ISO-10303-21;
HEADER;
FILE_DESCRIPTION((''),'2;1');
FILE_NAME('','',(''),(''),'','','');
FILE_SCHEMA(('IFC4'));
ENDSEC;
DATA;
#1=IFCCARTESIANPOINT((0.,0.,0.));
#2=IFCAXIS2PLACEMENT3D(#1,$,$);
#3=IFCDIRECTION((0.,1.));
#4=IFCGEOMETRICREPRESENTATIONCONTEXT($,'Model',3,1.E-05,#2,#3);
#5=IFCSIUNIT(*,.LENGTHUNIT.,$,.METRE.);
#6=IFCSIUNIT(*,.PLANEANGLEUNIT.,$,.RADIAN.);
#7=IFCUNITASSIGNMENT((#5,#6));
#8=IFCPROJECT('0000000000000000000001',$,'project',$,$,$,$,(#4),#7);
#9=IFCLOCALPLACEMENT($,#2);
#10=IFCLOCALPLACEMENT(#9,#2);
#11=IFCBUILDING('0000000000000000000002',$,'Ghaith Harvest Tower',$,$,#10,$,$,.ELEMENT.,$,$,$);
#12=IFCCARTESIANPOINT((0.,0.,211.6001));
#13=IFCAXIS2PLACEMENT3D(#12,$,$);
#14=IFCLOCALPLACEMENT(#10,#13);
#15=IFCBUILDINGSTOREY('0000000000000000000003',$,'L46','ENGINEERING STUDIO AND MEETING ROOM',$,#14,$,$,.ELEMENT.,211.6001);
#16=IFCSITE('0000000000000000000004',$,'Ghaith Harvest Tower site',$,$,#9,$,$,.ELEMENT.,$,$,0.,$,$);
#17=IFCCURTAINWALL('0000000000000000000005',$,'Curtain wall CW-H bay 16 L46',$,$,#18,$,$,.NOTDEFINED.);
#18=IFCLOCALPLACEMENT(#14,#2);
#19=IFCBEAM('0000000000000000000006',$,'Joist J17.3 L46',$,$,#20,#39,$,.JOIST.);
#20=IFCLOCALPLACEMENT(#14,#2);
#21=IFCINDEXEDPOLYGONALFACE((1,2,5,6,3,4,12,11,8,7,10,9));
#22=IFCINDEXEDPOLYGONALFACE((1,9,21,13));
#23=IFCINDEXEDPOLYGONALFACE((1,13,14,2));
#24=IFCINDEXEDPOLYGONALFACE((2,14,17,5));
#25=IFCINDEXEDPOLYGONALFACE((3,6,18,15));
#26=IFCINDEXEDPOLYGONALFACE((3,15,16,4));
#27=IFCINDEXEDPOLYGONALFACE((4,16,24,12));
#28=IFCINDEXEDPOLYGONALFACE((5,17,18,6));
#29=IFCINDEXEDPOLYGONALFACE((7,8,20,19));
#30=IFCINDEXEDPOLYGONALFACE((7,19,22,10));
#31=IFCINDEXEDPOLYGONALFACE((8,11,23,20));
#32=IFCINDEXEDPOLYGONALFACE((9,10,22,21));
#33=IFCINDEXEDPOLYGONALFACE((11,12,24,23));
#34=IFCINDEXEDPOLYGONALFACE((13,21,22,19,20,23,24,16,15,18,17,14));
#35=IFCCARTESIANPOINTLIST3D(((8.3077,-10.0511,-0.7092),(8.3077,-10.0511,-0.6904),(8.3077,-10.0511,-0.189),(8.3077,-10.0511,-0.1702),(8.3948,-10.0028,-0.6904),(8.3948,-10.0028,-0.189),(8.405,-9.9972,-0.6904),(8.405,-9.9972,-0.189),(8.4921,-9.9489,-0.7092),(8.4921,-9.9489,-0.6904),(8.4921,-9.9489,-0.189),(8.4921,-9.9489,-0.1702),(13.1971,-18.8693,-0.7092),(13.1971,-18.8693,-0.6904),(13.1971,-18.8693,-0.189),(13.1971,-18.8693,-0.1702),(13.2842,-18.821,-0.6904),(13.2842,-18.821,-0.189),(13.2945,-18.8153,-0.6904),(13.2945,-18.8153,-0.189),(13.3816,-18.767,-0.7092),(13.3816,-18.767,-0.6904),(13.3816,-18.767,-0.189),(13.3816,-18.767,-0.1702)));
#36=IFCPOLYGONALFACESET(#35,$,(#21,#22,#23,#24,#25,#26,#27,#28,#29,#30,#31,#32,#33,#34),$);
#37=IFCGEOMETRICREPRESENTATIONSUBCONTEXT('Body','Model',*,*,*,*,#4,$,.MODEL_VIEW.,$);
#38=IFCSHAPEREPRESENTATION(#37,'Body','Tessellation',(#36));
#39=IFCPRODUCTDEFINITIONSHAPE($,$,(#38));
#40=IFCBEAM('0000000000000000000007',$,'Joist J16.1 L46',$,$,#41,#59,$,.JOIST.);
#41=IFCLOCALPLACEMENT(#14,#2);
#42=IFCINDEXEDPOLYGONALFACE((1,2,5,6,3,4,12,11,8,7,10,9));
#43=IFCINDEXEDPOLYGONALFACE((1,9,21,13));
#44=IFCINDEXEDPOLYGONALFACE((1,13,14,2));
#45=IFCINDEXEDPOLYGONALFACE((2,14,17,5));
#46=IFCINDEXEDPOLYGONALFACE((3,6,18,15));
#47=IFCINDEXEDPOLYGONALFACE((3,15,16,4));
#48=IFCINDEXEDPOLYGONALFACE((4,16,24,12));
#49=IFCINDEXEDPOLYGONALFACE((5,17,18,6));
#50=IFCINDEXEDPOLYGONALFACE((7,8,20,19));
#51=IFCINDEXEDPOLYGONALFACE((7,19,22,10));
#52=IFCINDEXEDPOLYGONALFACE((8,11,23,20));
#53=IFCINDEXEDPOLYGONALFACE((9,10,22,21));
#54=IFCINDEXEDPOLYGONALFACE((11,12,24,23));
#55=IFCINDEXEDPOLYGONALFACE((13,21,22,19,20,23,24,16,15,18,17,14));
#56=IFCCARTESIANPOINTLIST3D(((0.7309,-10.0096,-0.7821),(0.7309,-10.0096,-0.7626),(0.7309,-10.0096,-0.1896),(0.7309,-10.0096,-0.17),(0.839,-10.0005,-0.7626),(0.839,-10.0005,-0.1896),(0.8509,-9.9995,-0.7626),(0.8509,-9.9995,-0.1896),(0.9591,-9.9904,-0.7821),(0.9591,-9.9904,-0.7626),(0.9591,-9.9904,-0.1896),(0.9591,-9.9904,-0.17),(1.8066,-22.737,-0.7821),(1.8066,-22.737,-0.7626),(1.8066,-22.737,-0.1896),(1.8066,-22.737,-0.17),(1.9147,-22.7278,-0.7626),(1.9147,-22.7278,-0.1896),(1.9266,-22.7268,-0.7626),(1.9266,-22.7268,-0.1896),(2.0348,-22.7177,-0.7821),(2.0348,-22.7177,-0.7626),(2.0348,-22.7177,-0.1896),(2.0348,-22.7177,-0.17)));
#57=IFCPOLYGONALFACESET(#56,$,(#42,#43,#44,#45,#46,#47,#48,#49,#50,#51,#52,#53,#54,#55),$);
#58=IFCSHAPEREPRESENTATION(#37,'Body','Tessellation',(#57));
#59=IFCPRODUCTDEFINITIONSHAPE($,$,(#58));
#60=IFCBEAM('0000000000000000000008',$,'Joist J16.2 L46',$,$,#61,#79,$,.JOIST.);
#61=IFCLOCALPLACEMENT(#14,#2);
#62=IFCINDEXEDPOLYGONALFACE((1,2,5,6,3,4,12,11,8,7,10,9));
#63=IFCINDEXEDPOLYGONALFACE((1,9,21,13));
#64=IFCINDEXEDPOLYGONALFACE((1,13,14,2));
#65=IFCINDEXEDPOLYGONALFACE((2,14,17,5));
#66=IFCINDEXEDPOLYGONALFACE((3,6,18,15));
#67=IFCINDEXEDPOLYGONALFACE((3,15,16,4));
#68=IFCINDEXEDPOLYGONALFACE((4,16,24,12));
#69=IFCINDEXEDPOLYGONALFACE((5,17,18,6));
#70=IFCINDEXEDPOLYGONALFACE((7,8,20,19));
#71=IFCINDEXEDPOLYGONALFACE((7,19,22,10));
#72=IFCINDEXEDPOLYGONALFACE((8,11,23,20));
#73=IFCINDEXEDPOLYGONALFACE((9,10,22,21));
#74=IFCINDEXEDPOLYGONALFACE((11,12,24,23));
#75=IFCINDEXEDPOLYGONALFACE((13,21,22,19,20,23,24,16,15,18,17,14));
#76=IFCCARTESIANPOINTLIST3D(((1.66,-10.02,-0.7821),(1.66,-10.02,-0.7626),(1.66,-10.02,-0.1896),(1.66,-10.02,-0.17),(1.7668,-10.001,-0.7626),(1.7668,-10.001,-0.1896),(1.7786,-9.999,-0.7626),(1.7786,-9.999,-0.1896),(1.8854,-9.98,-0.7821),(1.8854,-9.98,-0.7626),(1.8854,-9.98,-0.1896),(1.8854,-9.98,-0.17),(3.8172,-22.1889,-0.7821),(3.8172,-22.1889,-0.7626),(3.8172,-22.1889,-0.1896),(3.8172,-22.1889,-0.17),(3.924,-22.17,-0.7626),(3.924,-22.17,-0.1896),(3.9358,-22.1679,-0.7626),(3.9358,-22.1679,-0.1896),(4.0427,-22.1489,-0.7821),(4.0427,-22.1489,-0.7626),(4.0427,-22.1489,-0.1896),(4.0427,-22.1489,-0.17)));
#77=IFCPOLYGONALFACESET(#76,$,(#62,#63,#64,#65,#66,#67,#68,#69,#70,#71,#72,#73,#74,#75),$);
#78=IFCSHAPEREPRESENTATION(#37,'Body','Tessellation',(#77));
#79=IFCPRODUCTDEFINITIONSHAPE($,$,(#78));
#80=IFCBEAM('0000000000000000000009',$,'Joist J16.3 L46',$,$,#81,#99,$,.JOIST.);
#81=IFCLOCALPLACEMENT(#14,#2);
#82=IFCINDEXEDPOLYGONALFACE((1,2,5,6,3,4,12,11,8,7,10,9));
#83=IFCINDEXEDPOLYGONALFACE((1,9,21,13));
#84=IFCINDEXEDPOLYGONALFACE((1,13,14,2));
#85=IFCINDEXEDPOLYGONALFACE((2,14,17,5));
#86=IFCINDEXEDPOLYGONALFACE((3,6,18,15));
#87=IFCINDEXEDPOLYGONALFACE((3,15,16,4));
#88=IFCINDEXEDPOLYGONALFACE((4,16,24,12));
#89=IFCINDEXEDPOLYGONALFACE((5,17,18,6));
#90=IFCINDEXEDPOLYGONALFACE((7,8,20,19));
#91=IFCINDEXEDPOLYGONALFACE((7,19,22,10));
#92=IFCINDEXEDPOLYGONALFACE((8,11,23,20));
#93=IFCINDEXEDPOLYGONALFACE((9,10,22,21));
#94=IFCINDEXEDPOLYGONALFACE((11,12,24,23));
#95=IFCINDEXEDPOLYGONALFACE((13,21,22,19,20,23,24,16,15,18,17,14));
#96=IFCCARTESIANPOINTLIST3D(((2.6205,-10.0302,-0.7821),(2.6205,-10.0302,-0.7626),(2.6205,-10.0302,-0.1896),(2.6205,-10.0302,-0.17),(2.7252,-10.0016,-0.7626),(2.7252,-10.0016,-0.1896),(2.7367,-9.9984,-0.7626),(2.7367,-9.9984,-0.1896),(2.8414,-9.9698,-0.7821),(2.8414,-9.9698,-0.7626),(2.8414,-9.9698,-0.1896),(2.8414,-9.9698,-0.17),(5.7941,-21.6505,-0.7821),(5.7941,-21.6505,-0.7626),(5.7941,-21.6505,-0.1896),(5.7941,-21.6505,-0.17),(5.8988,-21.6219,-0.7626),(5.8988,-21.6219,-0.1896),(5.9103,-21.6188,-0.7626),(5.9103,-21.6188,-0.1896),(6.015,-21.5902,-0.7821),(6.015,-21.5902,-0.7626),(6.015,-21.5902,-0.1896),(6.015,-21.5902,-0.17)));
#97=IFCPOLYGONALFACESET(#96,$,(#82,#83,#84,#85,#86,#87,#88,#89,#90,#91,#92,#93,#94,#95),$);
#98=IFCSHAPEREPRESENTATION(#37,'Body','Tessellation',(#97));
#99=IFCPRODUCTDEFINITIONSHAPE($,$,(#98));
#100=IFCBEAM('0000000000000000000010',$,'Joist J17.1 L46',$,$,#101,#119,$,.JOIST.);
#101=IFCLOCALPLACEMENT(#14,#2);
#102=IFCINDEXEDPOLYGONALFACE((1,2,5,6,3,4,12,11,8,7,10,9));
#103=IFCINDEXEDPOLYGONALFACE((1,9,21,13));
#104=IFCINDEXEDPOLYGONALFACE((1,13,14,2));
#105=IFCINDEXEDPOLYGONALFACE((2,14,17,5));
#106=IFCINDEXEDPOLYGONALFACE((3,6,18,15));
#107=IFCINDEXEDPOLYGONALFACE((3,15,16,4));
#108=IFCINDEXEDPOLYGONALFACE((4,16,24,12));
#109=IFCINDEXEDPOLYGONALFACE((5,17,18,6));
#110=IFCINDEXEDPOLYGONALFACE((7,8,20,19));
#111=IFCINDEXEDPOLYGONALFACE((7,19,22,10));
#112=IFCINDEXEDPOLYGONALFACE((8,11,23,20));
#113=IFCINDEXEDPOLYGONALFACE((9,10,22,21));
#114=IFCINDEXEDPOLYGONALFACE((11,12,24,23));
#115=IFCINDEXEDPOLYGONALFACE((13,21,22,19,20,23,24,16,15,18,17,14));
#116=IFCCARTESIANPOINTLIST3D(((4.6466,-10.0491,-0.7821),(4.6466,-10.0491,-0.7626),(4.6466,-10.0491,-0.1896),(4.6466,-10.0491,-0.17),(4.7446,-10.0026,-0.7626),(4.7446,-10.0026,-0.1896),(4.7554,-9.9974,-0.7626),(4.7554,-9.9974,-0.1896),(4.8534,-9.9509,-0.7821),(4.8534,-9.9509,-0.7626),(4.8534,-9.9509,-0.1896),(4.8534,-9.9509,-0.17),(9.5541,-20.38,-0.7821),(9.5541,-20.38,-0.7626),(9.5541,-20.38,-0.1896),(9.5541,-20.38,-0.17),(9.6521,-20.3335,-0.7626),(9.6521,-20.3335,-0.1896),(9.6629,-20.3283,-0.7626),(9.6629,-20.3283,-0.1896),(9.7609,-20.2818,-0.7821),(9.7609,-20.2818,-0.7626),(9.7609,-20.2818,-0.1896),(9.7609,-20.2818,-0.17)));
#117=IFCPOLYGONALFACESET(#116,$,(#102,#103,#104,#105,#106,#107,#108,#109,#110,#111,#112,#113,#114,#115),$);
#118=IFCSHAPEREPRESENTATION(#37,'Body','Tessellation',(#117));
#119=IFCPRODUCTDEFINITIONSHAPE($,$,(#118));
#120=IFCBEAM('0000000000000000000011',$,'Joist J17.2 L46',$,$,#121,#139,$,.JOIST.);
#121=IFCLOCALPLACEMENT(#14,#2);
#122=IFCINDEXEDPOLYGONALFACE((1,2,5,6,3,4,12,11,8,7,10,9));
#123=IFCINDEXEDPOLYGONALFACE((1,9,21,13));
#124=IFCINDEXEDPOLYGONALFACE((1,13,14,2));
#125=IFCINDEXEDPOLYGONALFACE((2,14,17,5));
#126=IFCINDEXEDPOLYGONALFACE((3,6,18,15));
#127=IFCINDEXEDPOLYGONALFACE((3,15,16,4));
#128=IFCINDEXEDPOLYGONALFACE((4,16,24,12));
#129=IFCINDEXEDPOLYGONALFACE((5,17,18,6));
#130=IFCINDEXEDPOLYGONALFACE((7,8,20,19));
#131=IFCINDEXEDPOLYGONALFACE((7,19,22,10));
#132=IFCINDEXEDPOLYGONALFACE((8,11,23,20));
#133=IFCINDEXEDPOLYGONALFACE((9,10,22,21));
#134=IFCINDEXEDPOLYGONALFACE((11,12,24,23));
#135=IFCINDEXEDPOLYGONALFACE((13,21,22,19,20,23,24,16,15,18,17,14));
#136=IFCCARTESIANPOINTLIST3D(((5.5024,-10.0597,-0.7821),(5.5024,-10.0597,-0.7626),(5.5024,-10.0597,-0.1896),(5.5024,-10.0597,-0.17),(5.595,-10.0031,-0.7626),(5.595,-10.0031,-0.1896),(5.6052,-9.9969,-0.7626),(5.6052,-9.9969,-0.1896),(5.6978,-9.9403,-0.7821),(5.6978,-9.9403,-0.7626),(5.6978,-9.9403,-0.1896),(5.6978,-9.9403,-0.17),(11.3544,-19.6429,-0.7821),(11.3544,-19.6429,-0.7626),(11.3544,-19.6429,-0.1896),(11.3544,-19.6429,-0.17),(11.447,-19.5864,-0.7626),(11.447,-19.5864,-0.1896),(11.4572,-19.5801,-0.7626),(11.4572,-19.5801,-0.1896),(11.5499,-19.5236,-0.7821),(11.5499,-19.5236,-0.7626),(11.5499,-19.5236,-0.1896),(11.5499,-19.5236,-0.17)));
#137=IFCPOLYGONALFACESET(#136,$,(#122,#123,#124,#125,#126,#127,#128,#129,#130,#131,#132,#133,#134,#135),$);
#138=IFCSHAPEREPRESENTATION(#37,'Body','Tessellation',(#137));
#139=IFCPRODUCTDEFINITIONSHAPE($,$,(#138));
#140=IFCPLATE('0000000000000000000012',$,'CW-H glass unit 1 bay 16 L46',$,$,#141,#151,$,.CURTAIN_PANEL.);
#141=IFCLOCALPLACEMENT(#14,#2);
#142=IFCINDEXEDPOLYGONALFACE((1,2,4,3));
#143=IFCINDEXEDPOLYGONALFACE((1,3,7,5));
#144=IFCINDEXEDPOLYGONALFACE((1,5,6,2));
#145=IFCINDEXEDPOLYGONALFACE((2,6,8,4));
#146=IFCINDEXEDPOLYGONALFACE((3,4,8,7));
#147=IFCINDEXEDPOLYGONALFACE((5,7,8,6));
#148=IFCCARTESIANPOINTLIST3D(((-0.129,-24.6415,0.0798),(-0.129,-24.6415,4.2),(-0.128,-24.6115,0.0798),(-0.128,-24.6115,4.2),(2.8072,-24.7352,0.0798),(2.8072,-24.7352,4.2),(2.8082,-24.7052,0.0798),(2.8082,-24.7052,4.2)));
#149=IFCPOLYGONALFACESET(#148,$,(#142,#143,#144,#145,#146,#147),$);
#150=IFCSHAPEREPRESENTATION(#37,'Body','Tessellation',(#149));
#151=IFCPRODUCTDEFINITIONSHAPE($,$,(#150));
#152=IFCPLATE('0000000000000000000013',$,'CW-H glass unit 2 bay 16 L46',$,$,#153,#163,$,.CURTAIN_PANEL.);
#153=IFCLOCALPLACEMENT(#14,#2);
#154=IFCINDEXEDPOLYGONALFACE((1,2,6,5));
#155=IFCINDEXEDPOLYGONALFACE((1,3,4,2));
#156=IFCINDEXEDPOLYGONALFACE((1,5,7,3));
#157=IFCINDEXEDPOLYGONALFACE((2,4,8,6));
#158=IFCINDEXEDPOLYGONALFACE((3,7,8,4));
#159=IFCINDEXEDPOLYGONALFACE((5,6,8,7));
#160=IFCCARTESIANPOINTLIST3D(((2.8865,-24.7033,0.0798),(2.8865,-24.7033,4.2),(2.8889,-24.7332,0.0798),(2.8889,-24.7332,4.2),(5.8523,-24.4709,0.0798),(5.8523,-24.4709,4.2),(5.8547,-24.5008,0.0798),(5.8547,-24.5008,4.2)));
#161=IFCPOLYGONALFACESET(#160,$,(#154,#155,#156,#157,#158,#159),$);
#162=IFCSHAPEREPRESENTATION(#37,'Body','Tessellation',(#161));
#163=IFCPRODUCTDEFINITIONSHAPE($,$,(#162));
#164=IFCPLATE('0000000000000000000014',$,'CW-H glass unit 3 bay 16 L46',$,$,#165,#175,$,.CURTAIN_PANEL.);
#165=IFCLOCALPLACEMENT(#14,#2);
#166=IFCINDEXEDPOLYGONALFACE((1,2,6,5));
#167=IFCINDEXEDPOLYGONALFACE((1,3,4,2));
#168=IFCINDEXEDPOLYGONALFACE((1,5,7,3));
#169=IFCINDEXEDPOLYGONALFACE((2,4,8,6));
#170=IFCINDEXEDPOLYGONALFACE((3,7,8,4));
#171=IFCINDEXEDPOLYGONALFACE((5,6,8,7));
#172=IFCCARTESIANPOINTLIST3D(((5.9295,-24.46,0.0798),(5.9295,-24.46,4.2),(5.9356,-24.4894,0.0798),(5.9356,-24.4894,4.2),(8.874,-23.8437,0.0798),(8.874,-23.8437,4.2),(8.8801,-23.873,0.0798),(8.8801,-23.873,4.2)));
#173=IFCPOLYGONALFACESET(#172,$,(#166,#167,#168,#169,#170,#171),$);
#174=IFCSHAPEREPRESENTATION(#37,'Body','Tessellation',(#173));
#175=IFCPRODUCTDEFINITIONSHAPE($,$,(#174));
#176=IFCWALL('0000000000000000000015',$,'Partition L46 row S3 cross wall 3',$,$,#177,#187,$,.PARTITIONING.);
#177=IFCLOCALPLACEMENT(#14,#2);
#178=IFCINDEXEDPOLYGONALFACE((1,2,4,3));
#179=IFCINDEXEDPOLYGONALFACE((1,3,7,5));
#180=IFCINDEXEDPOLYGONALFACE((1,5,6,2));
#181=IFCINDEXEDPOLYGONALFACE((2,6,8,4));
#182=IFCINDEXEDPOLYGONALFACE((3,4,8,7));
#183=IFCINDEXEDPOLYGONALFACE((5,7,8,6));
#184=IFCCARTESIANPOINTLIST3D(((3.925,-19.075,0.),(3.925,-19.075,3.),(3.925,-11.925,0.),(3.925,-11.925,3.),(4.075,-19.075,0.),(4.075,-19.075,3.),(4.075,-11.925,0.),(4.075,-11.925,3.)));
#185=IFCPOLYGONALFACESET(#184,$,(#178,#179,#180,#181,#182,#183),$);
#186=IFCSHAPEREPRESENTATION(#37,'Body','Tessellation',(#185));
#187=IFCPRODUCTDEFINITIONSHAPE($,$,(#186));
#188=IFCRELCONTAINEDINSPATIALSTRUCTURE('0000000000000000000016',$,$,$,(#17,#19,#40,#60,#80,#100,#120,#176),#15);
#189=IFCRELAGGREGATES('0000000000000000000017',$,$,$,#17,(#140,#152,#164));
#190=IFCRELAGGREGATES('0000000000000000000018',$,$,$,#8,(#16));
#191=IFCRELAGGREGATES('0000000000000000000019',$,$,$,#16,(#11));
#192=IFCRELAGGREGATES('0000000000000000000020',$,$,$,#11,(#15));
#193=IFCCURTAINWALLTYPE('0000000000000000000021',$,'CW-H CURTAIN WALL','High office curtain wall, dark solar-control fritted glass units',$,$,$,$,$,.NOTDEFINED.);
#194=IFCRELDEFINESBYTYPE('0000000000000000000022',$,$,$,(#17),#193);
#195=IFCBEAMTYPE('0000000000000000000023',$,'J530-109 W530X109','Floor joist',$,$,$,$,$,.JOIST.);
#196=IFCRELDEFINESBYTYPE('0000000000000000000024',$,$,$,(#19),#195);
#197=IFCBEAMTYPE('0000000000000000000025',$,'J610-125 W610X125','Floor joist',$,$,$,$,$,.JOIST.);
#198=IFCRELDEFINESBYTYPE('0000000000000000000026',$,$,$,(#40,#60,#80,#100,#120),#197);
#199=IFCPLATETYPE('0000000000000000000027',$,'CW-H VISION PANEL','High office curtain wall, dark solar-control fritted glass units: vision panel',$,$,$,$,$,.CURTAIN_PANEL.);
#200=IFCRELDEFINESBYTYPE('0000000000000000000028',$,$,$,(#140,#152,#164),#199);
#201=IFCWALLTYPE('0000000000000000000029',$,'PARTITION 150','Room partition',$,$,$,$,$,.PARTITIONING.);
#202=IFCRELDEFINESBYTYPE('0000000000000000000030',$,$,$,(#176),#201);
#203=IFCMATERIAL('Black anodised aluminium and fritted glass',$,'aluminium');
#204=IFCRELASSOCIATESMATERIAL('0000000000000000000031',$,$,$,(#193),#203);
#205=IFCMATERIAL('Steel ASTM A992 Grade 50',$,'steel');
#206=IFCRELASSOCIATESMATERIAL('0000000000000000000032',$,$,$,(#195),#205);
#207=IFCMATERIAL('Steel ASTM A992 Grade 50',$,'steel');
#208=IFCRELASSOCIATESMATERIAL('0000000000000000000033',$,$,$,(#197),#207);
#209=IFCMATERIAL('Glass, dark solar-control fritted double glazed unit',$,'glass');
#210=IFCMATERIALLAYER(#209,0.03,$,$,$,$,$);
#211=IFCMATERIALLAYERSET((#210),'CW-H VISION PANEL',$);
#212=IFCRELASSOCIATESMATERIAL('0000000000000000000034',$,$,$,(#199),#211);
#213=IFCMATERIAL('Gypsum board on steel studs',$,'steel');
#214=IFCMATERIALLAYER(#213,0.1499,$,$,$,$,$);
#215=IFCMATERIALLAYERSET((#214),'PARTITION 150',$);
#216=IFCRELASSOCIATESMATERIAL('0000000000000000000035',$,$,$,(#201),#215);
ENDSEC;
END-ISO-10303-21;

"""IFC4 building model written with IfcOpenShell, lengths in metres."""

from ifc_helpers import new_model, si_unit, direction, frame, frame_2d, origin, origin_2d, place, context, subcontext, project, spatial, rectangle, i_section, extrude, material, layer, layer_set, material_profile, profile_set, type_object, element, aggregate, save


model = new_model("IFC4")

# Units and contexts
model_context = context("Model", 3, precision=1e-05, world=origin(), true_north=direction((0.0, 1.0)))
body_context = subcontext(model_context, "Body", "Model", "MODEL_VIEW")
ifc_project = project(units=[si_unit("LENGTHUNIT", "METRE"), si_unit("PLANEANGLEUNIT", "RADIAN")], contexts=[model_context])

# Site, building, storey
site_placement = place(None, origin())
site = spatial("IfcSite", under=ifc_project, at=site_placement, Name="Ghaith Harvest Tower site", CompositionType="ELEMENT", RefElevation=0.0)
building_placement = place(site_placement, origin())
building = spatial("IfcBuilding", under=site, at=building_placement, Name="Ghaith Harvest Tower", CompositionType="ELEMENT")
storey_placement = place(building_placement, frame((0.0, 0.0, 211.6001)))
storey = spatial("IfcBuildingStorey", under=building, at=storey_placement, Name="L46", Description="ENGINEERING STUDIO AND MEETING ROOM", CompositionType="ELEMENT", Elevation=211.6001)

# Curtain wall
ifc_material_1 = material(Name="Black anodised aluminium and fritted glass", Category="aluminium")
curtain_wall_type = type_object("IfcCurtainWallType", Name="CW-H CURTAIN WALL", Description="High office curtain wall, dark solar-control fritted glass units", PredefinedType="NOTDEFINED", material=ifc_material_1)
curtain_wall_1_placement = place(storey_placement, origin())
curtain_wall_1 = element("IfcCurtainWall", 1, at=curtain_wall_1_placement, inside=storey, type_object=curtain_wall_type, Name="Curtain wall CW-H bay 16 L46", PredefinedType="NOTDEFINED")

# Beams
ifc_material_2 = material(Name="Steel ASTM A992 Grade 50", Category="steel")
ifc_material_profile_1 = material_profile(ifc_material_2, i_section(OverallWidth=0.2109, OverallDepth=0.5391, WebThickness=0.0117, FlangeThickness=0.0188, at=origin_2d()), Name="W530X109")
ifc_profile_set_1 = profile_set([ifc_material_profile_1], Name="Steel ASTM A992 Grade 50")
beam_type_1 = type_object("IfcBeamType", Name="J530-109 W530X109", Description="Floor joist", PredefinedType="JOIST", material=ifc_profile_set_1)
beam_1_placement = place(storey_placement, frame((8.3999, -10.0, -0.4397), z_axis=(0.484919, -0.874559, 0.0), x_axis=(0.874559, 0.484919, 0.0)))
element("IfcBeam", 2, at=beam_1_placement, inside=storey, type_object=beam_type_1, Name="Joist J17.3 L46", PredefinedType="JOIST", context=body_context, shape_type="SweptSolid", body=[
    extrude(i_section(OverallWidth=0.2109, OverallDepth=0.5391, WebThickness=0.0117, FlangeThickness=0.0188, at=origin_2d()), origin(), (0.0, 0.0, 1.0), 10.083),
])
ifc_material_3 = material(Name="Steel ASTM A992 Grade 50", Category="steel")
ifc_material_profile_2 = material_profile(ifc_material_3, i_section(OverallWidth=0.229, OverallDepth=0.6121, WebThickness=0.012, FlangeThickness=0.0195, at=origin_2d()), Name="W610X125")
ifc_profile_set_2 = profile_set([ifc_material_profile_2], Name="Steel ASTM A992 Grade 50")
beam_type_2 = type_object("IfcBeamType", Name="J610-125 W610X125", Description="Floor joist", PredefinedType="JOIST", material=ifc_profile_set_2)
beam_2_placement = place(storey_placement, frame((0.845, -10.0, -0.4761), z_axis=(0.084218, -0.996447, 0.0), x_axis=(0.996447, 0.084218, 0.0)))
element("IfcBeam", 3, at=beam_2_placement, inside=storey, type_object=beam_type_2, Name="Joist J16.1 L46", PredefinedType="JOIST", context=body_context, shape_type="SweptSolid", body=[
    extrude(i_section(OverallWidth=0.229, OverallDepth=0.6121, WebThickness=0.012, FlangeThickness=0.0195, at=origin_2d()), origin(), (0.0, 0.0, 1.0), 12.7727),
])
beam_3_placement = place(storey_placement, frame((1.7727, -10.0, -0.4761), z_axis=(0.174552, -0.984648, 0.0), x_axis=(0.984648, 0.174552, 0.0)))
element("IfcBeam", 4, at=beam_3_placement, inside=storey, type_object=beam_type_2, Name="Joist J16.2 L46", PredefinedType="JOIST", context=body_context, shape_type="SweptSolid", body=[
    extrude(i_section(OverallWidth=0.229, OverallDepth=0.6121, WebThickness=0.012, FlangeThickness=0.0195, at=origin_2d()), origin(), (0.0, 0.0, 1.0), 12.3586),
])
beam_4_placement = place(storey_placement, frame((2.731, -10.0, -0.4761), z_axis=(0.263457, -0.964671, 0.0), x_axis=(0.964671, 0.263457, 0.0)))
element("IfcBeam", 5, at=beam_4_placement, inside=storey, type_object=beam_type_2, Name="Joist J16.3 L46", PredefinedType="JOIST", context=body_context, shape_type="SweptSolid", body=[
    extrude(i_section(OverallWidth=0.229, OverallDepth=0.6121, WebThickness=0.012, FlangeThickness=0.0195, at=origin_2d()), origin(), (0.0, 0.0, 1.0), 12.0459),
])
beam_5_placement = place(storey_placement, frame((4.75, -10.0, -0.4761), z_axis=(0.429081, -0.903266, 0.0), x_axis=(0.903266, 0.429081, 0.0)))
element("IfcBeam", 6, at=beam_5_placement, inside=storey, type_object=beam_type_2, Name="Joist J17.1 L46", PredefinedType="JOIST", context=body_context, shape_type="SweptSolid", body=[
    extrude(i_section(OverallWidth=0.229, OverallDepth=0.6121, WebThickness=0.012, FlangeThickness=0.0195, at=origin_2d()), origin(), (0.0, 0.0, 1.0), 11.4373),
])
beam_6_placement = place(storey_placement, frame((5.6001, -10.0, -0.4761), z_axis=(0.521166, -0.853455, 0.0), x_axis=(0.853455, 0.521166, 0.0)))
element("IfcBeam", 7, at=beam_6_placement, inside=storey, type_object=beam_type_2, Name="Joist J17.2 L46", PredefinedType="JOIST", context=body_context, shape_type="SweptSolid", body=[
    extrude(i_section(OverallWidth=0.229, OverallDepth=0.6121, WebThickness=0.012, FlangeThickness=0.0195, at=origin_2d()), origin(), (0.0, 0.0, 1.0), 11.2288),
])

# Plates
ifc_material_4 = material(Name="Glass, dark solar-control fritted double glazed unit", Category="glass")
ifc_layer_1 = layer(ifc_material_4, 0.03)
ifc_layer_set_1 = layer_set([ifc_layer_1], Name="CW-H VISION PANEL")
plate_type = type_object("IfcPlateType", Name="CW-H VISION PANEL", Description="High office curtain wall, dark solar-control fritted glass units: vision panel", PredefinedType="CURTAIN_PANEL", material=ifc_layer_set_1)
plate_1_placement = place(storey_placement, frame((1.3396, -24.6733, 0.0798), z_axis=(0.0, 0.0, 1.0), x_axis=(0.999491, -0.031894, 0.0)))
plate_1 = element("IfcPlate", 8, at=plate_1_placement, type_object=plate_type, Name="CW-H glass unit 1 bay 16 L46", PredefinedType="CURTAIN_PANEL", context=body_context, shape_type="SweptSolid", body=[
    extrude(rectangle(XDim=2.9377, YDim=0.03, at=origin_2d()), origin(), (0.0, 0.0, 1.0), 4.1201),
])
plate_2_placement = place(storey_placement, frame((4.3706, -24.6021, 0.0798), z_axis=(0.0, 0.0, 1.0), x_axis=(0.996945, 0.078101, 0.0)))
plate_2 = element("IfcPlate", 9, at=plate_2_placement, type_object=plate_type, Name="CW-H glass unit 2 bay 16 L46", PredefinedType="CURTAIN_PANEL", context=body_context, shape_type="SweptSolid", body=[
    extrude(rectangle(XDim=2.9749, YDim=0.03, at=origin_2d()), origin(), (0.0, 0.0, 1.0), 4.1201),
])
plate_3_placement = place(storey_placement, frame((7.4048, -24.1665, 0.0798), z_axis=(0.0, 0.0, 1.0), x_axis=(0.978789, 0.204872, 0.0)))
plate_3 = element("IfcPlate", 10, at=plate_3_placement, type_object=plate_type, Name="CW-H glass unit 3 bay 16 L46", PredefinedType="CURTAIN_PANEL", context=body_context, shape_type="SweptSolid", body=[
    extrude(rectangle(XDim=3.0083, YDim=0.03, at=origin_2d()), origin(), (0.0, 0.0, 1.0), 4.1201),
])
aggregate(curtain_wall_1, [plate_1, plate_2, plate_3])

# Wall
ifc_material_5 = material(Name="Gypsum board on steel studs", Category="steel")
ifc_layer_2 = layer(ifc_material_5, 0.1499)
ifc_layer_set_2 = layer_set([ifc_layer_2], Name="PARTITION 150")
wall_type = type_object("IfcWallType", Name="PARTITION 150", Description="Room partition", PredefinedType="PARTITIONING", material=ifc_layer_set_2)
wall_1_placement = place(storey_placement, frame((4.0, -11.925, 0.0), z_axis=(0.0, 0.0, 1.0), x_axis=(0.0, -1.0, 0.0)))
element("IfcWall", 11, at=wall_1_placement, inside=storey, type_object=wall_type, Name="Partition L46 row S3 cross wall 3", PredefinedType="PARTITIONING", context=body_context, shape_type="SweptSolid", body=[
    extrude(rectangle(XDim=7.1499, YDim=0.1499, at=frame_2d((3.575, 0.0))), origin(), (0.0, 0.0, 1.0), 3.0),
])

save(model, "model.ifc")
